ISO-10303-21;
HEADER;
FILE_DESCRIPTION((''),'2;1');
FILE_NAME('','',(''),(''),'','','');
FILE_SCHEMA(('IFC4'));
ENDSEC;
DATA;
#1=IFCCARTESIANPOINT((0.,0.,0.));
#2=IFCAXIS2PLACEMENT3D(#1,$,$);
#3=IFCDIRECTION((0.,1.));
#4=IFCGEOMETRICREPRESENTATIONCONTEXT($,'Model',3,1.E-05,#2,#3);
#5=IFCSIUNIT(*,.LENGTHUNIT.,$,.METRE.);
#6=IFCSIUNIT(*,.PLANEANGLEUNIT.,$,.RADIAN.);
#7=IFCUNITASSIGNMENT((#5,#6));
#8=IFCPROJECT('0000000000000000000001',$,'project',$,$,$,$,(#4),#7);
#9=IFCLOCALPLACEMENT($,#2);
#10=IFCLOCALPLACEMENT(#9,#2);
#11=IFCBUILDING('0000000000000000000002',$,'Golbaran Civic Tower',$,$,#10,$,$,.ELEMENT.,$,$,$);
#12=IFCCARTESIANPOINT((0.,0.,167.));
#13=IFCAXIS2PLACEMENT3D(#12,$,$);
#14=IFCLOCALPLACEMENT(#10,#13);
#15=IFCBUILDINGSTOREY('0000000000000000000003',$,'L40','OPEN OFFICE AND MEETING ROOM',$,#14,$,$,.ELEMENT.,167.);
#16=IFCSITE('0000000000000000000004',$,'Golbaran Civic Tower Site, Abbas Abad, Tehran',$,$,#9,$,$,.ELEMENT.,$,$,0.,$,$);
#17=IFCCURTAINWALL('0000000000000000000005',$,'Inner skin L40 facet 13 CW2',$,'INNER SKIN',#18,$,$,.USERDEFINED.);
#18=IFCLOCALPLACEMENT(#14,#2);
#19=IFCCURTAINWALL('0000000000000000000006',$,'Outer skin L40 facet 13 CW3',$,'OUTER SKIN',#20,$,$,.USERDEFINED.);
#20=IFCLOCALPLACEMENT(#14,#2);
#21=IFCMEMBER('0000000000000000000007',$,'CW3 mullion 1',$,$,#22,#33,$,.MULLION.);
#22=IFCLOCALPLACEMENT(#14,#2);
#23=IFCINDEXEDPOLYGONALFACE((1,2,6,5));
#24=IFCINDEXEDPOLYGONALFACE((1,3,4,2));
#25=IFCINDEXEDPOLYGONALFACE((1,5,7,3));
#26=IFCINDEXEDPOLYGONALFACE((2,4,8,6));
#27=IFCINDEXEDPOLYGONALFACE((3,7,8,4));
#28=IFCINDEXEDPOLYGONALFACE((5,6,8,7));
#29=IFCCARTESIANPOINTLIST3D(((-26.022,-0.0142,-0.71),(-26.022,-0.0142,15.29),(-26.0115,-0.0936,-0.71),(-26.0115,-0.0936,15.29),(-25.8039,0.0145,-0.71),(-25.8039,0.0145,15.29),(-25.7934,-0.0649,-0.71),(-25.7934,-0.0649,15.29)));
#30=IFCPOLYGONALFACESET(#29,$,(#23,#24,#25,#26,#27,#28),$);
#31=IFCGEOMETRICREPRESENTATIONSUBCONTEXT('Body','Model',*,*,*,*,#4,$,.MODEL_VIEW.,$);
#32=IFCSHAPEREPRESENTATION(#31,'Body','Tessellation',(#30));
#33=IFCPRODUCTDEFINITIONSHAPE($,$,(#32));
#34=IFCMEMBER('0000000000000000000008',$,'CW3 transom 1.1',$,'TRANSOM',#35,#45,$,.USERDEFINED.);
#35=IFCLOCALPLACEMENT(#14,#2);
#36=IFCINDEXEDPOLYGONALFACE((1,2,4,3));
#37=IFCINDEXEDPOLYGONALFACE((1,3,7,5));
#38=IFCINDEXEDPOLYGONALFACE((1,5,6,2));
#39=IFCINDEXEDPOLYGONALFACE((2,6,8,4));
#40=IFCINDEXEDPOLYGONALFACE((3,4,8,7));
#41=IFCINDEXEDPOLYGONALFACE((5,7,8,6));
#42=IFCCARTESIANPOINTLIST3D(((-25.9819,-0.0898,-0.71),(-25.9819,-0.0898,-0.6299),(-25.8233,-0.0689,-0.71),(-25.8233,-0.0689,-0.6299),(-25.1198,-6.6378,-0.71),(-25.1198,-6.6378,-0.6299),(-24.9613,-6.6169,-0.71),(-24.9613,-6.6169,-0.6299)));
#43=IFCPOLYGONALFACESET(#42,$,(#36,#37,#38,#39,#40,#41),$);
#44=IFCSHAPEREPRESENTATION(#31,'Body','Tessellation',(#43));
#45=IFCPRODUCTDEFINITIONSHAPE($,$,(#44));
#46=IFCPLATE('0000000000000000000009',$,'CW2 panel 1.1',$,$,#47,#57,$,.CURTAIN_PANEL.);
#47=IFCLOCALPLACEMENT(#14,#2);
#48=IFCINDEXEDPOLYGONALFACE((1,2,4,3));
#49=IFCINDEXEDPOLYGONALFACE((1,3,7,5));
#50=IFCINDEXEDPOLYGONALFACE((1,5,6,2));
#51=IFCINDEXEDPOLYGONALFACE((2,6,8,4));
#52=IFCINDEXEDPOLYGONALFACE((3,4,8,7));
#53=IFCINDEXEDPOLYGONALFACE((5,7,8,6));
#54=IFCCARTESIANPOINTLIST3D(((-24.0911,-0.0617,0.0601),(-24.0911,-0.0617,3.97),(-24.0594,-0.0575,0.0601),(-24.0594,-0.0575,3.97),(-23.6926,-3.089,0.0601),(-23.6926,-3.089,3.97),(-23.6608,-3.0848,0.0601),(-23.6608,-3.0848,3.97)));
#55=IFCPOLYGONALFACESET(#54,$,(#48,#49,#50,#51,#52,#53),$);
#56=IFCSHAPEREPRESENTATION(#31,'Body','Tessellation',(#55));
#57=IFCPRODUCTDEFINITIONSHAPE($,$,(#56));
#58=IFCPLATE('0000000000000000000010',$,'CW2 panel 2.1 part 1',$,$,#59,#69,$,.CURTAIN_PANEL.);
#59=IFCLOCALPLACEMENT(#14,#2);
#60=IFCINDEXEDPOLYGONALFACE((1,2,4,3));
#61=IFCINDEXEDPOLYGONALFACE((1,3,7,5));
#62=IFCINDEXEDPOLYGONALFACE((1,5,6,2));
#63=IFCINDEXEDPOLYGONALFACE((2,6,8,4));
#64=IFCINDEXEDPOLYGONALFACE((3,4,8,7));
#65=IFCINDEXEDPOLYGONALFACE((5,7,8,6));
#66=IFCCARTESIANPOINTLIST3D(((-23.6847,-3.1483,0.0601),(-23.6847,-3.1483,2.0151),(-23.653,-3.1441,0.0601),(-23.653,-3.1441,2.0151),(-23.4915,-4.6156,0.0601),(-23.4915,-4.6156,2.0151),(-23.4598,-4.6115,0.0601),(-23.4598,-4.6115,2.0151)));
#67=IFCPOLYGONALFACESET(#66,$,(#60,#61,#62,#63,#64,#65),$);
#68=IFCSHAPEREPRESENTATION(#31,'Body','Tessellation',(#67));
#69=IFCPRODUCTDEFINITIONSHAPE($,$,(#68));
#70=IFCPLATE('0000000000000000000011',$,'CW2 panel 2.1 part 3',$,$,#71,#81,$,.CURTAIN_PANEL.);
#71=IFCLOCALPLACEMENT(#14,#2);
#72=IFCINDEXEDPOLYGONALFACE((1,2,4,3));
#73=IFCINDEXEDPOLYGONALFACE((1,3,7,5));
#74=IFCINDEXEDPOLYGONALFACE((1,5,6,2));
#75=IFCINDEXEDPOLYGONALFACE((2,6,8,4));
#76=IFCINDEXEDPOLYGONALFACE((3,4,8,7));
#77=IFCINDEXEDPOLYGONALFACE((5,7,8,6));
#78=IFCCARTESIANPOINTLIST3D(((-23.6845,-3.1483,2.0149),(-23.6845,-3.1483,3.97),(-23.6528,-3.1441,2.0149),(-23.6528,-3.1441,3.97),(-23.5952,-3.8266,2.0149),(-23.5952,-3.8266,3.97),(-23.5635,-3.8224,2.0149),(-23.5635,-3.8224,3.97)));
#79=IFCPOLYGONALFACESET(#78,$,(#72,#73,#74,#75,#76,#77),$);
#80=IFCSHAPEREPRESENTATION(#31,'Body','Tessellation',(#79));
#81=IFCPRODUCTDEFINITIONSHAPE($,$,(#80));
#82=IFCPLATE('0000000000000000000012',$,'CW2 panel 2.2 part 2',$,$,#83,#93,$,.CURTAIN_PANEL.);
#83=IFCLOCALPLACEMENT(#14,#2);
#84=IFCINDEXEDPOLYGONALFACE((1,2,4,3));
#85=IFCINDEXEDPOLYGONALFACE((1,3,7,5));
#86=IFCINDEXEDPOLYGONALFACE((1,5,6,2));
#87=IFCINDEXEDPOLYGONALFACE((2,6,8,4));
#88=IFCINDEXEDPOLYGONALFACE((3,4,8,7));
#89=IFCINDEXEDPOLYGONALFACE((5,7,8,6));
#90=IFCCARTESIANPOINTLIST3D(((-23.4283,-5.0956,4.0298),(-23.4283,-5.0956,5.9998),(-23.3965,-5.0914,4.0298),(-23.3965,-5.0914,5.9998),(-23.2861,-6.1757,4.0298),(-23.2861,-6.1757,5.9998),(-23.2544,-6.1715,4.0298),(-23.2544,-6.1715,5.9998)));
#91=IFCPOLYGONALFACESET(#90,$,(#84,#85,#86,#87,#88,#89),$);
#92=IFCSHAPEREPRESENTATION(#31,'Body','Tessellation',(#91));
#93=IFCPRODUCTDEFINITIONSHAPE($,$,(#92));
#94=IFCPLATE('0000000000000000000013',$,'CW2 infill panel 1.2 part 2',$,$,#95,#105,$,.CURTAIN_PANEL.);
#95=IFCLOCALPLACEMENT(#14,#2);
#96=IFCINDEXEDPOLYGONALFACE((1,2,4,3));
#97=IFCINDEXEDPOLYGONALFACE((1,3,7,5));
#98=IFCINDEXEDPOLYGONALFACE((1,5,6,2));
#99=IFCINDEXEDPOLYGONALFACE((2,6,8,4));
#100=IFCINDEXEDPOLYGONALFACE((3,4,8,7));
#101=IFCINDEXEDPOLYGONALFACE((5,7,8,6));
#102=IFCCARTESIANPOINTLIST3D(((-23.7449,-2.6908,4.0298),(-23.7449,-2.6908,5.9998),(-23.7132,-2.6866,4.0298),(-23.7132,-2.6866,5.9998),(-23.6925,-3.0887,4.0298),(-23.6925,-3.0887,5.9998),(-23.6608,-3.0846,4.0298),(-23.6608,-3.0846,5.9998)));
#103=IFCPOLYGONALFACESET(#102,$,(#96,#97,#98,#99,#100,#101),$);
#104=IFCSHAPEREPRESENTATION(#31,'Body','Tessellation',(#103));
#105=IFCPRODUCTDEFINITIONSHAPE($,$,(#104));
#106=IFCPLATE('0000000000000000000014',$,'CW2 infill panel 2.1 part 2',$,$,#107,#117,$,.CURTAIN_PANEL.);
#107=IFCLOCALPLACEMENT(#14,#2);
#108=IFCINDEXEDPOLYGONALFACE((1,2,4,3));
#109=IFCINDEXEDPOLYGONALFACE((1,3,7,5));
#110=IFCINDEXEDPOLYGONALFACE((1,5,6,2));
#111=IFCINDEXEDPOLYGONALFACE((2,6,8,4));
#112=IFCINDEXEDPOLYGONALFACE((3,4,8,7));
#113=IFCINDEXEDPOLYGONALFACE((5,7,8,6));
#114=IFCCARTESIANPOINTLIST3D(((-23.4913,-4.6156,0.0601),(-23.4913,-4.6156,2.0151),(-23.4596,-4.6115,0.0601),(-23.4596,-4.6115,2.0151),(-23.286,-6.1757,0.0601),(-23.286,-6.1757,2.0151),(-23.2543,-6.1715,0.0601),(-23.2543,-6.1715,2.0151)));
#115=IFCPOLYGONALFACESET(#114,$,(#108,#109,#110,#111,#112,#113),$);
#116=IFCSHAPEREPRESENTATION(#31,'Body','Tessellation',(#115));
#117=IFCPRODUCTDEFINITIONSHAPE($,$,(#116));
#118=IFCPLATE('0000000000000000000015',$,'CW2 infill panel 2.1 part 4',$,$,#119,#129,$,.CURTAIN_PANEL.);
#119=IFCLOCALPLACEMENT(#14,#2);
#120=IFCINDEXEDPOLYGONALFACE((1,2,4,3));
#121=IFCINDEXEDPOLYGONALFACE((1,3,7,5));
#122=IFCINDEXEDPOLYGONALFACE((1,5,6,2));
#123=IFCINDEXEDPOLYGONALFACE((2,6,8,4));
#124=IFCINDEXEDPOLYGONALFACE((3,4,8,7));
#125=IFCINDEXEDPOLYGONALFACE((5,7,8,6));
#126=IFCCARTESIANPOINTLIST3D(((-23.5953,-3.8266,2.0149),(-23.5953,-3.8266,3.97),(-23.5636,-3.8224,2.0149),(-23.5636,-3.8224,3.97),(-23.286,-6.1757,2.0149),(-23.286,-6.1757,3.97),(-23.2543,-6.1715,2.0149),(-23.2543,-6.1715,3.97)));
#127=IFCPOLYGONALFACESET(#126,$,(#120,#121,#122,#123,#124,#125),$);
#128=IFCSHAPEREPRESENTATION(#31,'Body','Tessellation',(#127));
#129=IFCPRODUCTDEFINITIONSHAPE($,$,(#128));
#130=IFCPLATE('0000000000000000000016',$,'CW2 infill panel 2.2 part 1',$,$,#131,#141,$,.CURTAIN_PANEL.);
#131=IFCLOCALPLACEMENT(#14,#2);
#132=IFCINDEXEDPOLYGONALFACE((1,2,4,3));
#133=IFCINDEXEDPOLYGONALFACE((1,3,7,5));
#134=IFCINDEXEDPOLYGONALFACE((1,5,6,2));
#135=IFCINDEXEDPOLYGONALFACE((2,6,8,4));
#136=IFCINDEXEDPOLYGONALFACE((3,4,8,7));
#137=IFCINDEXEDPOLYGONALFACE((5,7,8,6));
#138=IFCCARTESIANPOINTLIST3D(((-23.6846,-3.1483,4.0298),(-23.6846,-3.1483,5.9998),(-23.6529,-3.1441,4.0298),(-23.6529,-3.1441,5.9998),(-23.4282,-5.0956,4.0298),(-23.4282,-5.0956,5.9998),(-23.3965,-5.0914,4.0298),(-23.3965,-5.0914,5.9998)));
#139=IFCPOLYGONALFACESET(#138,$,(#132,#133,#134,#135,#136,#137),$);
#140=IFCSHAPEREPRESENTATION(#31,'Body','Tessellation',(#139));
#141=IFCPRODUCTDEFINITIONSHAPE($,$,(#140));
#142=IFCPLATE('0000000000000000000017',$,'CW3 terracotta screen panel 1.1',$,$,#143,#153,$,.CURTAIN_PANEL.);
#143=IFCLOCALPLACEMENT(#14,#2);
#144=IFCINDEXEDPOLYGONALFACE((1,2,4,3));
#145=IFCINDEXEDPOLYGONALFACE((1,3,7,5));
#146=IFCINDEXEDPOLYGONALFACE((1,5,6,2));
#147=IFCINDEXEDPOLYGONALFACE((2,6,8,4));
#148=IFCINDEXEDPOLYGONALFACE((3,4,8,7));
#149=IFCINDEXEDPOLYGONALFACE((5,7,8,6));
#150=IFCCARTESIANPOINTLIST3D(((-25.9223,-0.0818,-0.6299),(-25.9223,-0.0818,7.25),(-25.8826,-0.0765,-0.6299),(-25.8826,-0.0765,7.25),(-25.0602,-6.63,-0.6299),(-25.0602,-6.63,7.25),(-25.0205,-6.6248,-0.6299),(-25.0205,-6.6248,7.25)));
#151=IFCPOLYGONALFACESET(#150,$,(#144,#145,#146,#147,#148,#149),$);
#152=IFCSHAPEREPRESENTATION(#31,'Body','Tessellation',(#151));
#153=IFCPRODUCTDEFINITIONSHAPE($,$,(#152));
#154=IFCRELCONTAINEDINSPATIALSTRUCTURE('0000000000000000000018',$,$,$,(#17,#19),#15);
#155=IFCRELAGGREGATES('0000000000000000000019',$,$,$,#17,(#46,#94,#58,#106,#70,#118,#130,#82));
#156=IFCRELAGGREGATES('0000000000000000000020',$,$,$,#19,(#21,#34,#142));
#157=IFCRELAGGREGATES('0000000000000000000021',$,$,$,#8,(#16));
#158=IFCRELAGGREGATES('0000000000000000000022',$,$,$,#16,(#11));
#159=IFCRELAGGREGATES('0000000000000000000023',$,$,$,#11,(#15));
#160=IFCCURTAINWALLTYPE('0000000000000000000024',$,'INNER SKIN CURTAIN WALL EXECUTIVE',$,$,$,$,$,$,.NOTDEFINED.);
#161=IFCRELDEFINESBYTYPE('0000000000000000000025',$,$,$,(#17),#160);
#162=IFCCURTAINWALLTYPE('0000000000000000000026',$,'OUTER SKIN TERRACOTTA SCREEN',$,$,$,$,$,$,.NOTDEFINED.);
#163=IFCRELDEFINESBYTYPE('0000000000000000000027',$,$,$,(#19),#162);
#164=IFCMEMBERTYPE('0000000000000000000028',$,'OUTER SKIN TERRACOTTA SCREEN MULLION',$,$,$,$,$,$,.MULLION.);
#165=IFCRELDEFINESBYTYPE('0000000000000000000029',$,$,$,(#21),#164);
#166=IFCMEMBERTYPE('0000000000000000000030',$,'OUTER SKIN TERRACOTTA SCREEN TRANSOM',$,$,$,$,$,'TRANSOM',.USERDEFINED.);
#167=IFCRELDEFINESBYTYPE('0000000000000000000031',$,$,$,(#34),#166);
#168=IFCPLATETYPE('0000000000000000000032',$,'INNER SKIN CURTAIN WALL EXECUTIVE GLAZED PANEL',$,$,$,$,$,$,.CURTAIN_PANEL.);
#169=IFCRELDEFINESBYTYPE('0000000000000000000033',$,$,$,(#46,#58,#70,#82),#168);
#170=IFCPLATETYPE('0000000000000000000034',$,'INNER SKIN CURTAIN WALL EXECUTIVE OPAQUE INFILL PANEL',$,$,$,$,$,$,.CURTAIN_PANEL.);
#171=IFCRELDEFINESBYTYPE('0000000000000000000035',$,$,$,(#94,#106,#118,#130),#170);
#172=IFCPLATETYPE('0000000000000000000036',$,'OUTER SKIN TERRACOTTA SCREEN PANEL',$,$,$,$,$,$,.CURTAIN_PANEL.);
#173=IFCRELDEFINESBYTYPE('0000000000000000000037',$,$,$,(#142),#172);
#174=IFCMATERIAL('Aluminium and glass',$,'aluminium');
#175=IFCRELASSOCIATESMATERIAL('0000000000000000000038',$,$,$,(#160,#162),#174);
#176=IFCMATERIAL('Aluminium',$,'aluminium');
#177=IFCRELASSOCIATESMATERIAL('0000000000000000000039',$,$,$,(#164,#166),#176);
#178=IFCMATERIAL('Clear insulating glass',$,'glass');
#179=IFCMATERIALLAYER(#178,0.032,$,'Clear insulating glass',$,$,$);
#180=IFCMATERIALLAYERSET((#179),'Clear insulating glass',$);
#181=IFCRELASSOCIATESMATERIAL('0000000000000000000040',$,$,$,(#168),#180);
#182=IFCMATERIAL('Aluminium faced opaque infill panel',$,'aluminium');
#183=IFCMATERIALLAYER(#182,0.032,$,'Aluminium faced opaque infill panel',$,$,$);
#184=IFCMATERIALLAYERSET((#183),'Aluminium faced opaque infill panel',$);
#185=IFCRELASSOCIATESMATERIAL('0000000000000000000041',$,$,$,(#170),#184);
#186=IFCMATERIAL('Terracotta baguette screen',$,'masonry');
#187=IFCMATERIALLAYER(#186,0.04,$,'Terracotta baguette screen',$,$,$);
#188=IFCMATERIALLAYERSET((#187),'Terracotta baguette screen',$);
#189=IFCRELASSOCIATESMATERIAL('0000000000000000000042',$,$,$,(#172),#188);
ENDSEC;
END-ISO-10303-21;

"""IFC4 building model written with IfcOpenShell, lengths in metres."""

from ifc_helpers import new_model, si_unit, direction, frame, origin, origin_2d, place, context, subcontext, project, spatial, rectangle, extrude, material, layer, layer_set, material_profile, profile_set, type_object, element, aggregate, save


model = new_model("IFC4")

# Units and contexts
model_context = context("Model", 3, precision=1e-05, world=origin(), true_north=direction((0.0, 1.0)))
body_context = subcontext(model_context, "Body", "Model", "MODEL_VIEW")
ifc_project = project(units=[si_unit("LENGTHUNIT", "METRE"), si_unit("PLANEANGLEUNIT", "RADIAN")], contexts=[model_context])

# Site, building, storey
site_placement = place(None, origin())
site = spatial("IfcSite", under=ifc_project, at=site_placement, Name="Golbaran Civic Tower Site, Abbas Abad, Tehran", CompositionType="ELEMENT", RefElevation=0.0)
building_placement = place(site_placement, origin())
building = spatial("IfcBuilding", under=site, at=building_placement, Name="Golbaran Civic Tower", CompositionType="ELEMENT")
storey_placement = place(building_placement, frame((0.0, 0.0, 167.0)))
storey = spatial("IfcBuildingStorey", under=building, at=storey_placement, Name="L40", Description="OPEN OFFICE AND MEETING ROOM", CompositionType="ELEMENT", Elevation=167.0)

# Curtain wall
ifc_material_1 = material(Name="Aluminium and glass", Category="aluminium")
curtain_wall_type_1 = type_object("IfcCurtainWallType", Name="INNER SKIN CURTAIN WALL EXECUTIVE", PredefinedType="NOTDEFINED", material=ifc_material_1)
curtain_wall_1_placement = place(storey_placement, origin())
curtain_wall_1 = element("IfcCurtainWall", 1, at=curtain_wall_1_placement, inside=storey, type_object=curtain_wall_type_1, Name="Inner skin L40 facet 13 CW2", ObjectType="INNER SKIN", PredefinedType="USERDEFINED")
ifc_material_2 = material(Name="Aluminium", Category="aluminium")

# Curtain wall, members
curtain_wall_type_2 = type_object("IfcCurtainWallType", Name="OUTER SKIN TERRACOTTA SCREEN", PredefinedType="NOTDEFINED", material=ifc_material_1)
curtain_wall_2_placement = place(storey_placement, origin())
curtain_wall_2 = element("IfcCurtainWall", 2, at=curtain_wall_2_placement, inside=storey, type_object=curtain_wall_type_2, Name="Outer skin L40 facet 13 CW3", ObjectType="OUTER SKIN", PredefinedType="USERDEFINED")
ifc_material_profile_1 = material_profile(ifc_material_2, rectangle(XDim=0.22, YDim=0.0801, at=origin_2d()), Name="OUTER SKIN TERRACOTTA SCREEN MULLION")
ifc_profile_set_1 = profile_set([ifc_material_profile_1], Name="Aluminium")
member_type_1 = type_object("IfcMemberType", Name="OUTER SKIN TERRACOTTA SCREEN MULLION", PredefinedType="MULLION", material=ifc_profile_set_1)
member_1_placement = place(storey_placement, frame((-25.9077, -0.0396, -0.71), z_axis=(0.0, 0.0, 1.0), x_axis=(0.991445, 0.130526, 0.0)))
member_1 = element("IfcMember", 3, at=member_1_placement, type_object=member_type_1, Name="CW3 mullion 1", PredefinedType="MULLION", context=body_context, shape_type="SweptSolid", body=[
    extrude(rectangle(XDim=0.22, YDim=0.0801, at=origin_2d()), origin(), (0.0, 0.0, 1.0), 16.0),
])
ifc_material_profile_2 = material_profile(ifc_material_2, rectangle(XDim=0.1599, YDim=0.0801, at=origin_2d()), Name="OUTER SKIN TERRACOTTA SCREEN TRANSOM")
ifc_profile_set_2 = profile_set([ifc_material_profile_2], Name="Aluminium")
member_type_2 = type_object("IfcMemberType", Name="OUTER SKIN TERRACOTTA SCREEN TRANSOM", ElementType="TRANSOM", PredefinedType="USERDEFINED", material=ifc_profile_set_2)
member_2_placement = place(storey_placement, frame((-25.9026, -0.0793, -0.6699), z_axis=(0.130524, -0.991445, 0.0), x_axis=(0.991445, 0.130524, 0.0)))
member_2 = element("IfcMember", 4, at=member_2_placement, type_object=member_type_2, Name="CW3 transom 1.1", ObjectType="TRANSOM", PredefinedType="USERDEFINED", context=body_context, shape_type="SweptSolid", body=[
    extrude(rectangle(XDim=0.1599, YDim=0.0801, at=origin_2d()), origin(), (0.0, 0.0, 1.0), 6.6045),
])

# Plates
ifc_material_3 = material(Name="Clear insulating glass", Category="glass")
ifc_layer_1 = layer(ifc_material_3, 0.032, Name="Clear insulating glass")
ifc_layer_set_1 = layer_set([ifc_layer_1], Name="Clear insulating glass")
plate_type_1 = type_object("IfcPlateType", Name="INNER SKIN CURTAIN WALL EXECUTIVE GLAZED PANEL", PredefinedType="CURTAIN_PANEL", material=ifc_layer_set_1)
plate_1_placement = place(storey_placement, frame((-23.876, -1.5732, 0.0601), z_axis=(0.0, 0.0, 1.0), x_axis=(0.130526, -0.991445, 0.0)))
plate_1 = element("IfcPlate", 5, at=plate_1_placement, type_object=plate_type_1, Name="CW2 panel 1.1", PredefinedType="CURTAIN_PANEL", context=body_context, shape_type="SweptSolid", body=[
    extrude(rectangle(XDim=3.0535, YDim=0.032, at=origin_2d()), origin(), (0.0, 0.0, 1.0), 3.9099),
])
plate_2_placement = place(storey_placement, frame((-23.5723, -3.8799, 0.0601), z_axis=(0.0, 0.0, 1.0), x_axis=(0.130526, -0.991445, 0.0)))
plate_2 = element("IfcPlate", 6, at=plate_2_placement, type_object=plate_type_1, Name="CW2 panel 2.1 part 1", PredefinedType="CURTAIN_PANEL", context=body_context, shape_type="SweptSolid", body=[
    extrude(rectangle(XDim=1.48, YDim=0.032, at=origin_2d()), origin(), (0.0, 0.0, 1.0), 1.9551),
])
plate_3_placement = place(storey_placement, frame((-23.624, -3.4854, 2.0149), z_axis=(0.0, 0.0, 1.0), x_axis=(0.130526, -0.991445, 0.0)))
plate_3 = element("IfcPlate", 7, at=plate_3_placement, type_object=plate_type_1, Name="CW2 panel 2.1 part 3", PredefinedType="CURTAIN_PANEL", context=body_context, shape_type="SweptSolid", body=[
    extrude(rectangle(XDim=0.6841, YDim=0.032, at=origin_2d()), origin(), (0.0, 0.0, 1.0), 1.9551),
])
plate_4_placement = place(storey_placement, frame((-23.3413, -5.6335, 4.0298), z_axis=(0.0, 0.0, 1.0), x_axis=(0.130526, -0.991445, 0.0)))
plate_4 = element("IfcPlate", 8, at=plate_4_placement, type_object=plate_type_1, Name="CW2 panel 2.2 part 2", PredefinedType="CURTAIN_PANEL", context=body_context, shape_type="SweptSolid", body=[
    extrude(rectangle(XDim=1.0894, YDim=0.032, at=origin_2d()), origin(), (0.0, 0.0, 1.0), 1.97),
])
ifc_material_4 = material(Name="Aluminium faced opaque infill panel", Category="aluminium")
ifc_layer_2 = layer(ifc_material_4, 0.032, Name="Aluminium faced opaque infill panel")
ifc_layer_set_2 = layer_set([ifc_layer_2], Name="Aluminium faced opaque infill panel")
plate_type_2 = type_object("IfcPlateType", Name="INNER SKIN CURTAIN WALL EXECUTIVE OPAQUE INFILL PANEL", PredefinedType="CURTAIN_PANEL", material=ifc_layer_set_2)
plate_5_placement = place(storey_placement, frame((-23.7029, -2.8877, 4.0298), z_axis=(0.0, 0.0, 1.0), x_axis=(0.130526, -0.991445, 0.0)))
plate_5 = element("IfcPlate", 9, at=plate_5_placement, type_object=plate_type_2, Name="CW2 infill panel 1.2 part 2", PredefinedType="CURTAIN_PANEL", context=body_context, shape_type="SweptSolid", body=[
    extrude(rectangle(XDim=0.4014, YDim=0.032, at=origin_2d()), origin(), (0.0, 0.0, 1.0), 1.97),
])
plate_6_placement = place(storey_placement, frame((-23.3728, -5.3936, 0.0601), z_axis=(0.0, 0.0, 1.0), x_axis=(0.130526, -0.991445, 0.0)))
plate_6 = element("IfcPlate", 10, at=plate_6_placement, type_object=plate_type_2, Name="CW2 infill panel 2.1 part 2", PredefinedType="CURTAIN_PANEL", context=body_context, shape_type="SweptSolid", body=[
    extrude(rectangle(XDim=1.5735, YDim=0.032, at=origin_2d()), origin(), (0.0, 0.0, 1.0), 1.9551),
])
plate_7_placement = place(storey_placement, frame((-23.4248, -4.999, 2.0149), z_axis=(0.0, 0.0, 1.0), x_axis=(0.130526, -0.991445, 0.0)))
plate_7 = element("IfcPlate", 11, at=plate_7_placement, type_object=plate_type_2, Name="CW2 infill panel 2.1 part 4", PredefinedType="CURTAIN_PANEL", context=body_context, shape_type="SweptSolid", body=[
    extrude(rectangle(XDim=2.3694, YDim=0.032, at=origin_2d()), origin(), (0.0, 0.0, 1.0), 1.9551),
])
plate_8_placement = place(storey_placement, frame((-23.5405, -4.1199, 4.0298), z_axis=(0.0, 0.0, 1.0), x_axis=(0.130526, -0.991445, 0.0)))
plate_8 = element("IfcPlate", 12, at=plate_8_placement, type_object=plate_type_2, Name="CW2 infill panel 2.2 part 1", PredefinedType="CURTAIN_PANEL", context=body_context, shape_type="SweptSolid", body=[
    extrude(rectangle(XDim=1.9641, YDim=0.032, at=origin_2d()), origin(), (0.0, 0.0, 1.0), 1.97),
])
aggregate(curtain_wall_1, [plate_1, plate_5, plate_2, plate_6, plate_3, plate_7, plate_8, plate_4])
ifc_material_5 = material(Name="Terracotta baguette screen", Category="masonry")
ifc_layer_3 = layer(ifc_material_5, 0.04, Name="Terracotta baguette screen")
ifc_layer_set_3 = layer_set([ifc_layer_3], Name="Terracotta baguette screen")
plate_type_3 = type_object("IfcPlateType", Name="OUTER SKIN TERRACOTTA SCREEN PANEL", PredefinedType="CURTAIN_PANEL", material=ifc_layer_set_3)
plate_9_placement = place(storey_placement, frame((-25.4714, -3.3533, -0.6299), z_axis=(0.0, 0.0, 1.0), x_axis=(0.130526, -0.991445, 0.0)))
plate_9 = element("IfcPlate", 13, at=plate_9_placement, type_object=plate_type_3, Name="CW3 terracotta screen panel 1.1", PredefinedType="CURTAIN_PANEL", context=body_context, shape_type="SweptSolid", body=[
    extrude(rectangle(XDim=6.6047, YDim=0.04, at=origin_2d()), origin(), (0.0, 0.0, 1.0), 7.8799),
])
aggregate(curtain_wall_2, [member_1, member_2, plate_9])

save(model, "model.ifc")
